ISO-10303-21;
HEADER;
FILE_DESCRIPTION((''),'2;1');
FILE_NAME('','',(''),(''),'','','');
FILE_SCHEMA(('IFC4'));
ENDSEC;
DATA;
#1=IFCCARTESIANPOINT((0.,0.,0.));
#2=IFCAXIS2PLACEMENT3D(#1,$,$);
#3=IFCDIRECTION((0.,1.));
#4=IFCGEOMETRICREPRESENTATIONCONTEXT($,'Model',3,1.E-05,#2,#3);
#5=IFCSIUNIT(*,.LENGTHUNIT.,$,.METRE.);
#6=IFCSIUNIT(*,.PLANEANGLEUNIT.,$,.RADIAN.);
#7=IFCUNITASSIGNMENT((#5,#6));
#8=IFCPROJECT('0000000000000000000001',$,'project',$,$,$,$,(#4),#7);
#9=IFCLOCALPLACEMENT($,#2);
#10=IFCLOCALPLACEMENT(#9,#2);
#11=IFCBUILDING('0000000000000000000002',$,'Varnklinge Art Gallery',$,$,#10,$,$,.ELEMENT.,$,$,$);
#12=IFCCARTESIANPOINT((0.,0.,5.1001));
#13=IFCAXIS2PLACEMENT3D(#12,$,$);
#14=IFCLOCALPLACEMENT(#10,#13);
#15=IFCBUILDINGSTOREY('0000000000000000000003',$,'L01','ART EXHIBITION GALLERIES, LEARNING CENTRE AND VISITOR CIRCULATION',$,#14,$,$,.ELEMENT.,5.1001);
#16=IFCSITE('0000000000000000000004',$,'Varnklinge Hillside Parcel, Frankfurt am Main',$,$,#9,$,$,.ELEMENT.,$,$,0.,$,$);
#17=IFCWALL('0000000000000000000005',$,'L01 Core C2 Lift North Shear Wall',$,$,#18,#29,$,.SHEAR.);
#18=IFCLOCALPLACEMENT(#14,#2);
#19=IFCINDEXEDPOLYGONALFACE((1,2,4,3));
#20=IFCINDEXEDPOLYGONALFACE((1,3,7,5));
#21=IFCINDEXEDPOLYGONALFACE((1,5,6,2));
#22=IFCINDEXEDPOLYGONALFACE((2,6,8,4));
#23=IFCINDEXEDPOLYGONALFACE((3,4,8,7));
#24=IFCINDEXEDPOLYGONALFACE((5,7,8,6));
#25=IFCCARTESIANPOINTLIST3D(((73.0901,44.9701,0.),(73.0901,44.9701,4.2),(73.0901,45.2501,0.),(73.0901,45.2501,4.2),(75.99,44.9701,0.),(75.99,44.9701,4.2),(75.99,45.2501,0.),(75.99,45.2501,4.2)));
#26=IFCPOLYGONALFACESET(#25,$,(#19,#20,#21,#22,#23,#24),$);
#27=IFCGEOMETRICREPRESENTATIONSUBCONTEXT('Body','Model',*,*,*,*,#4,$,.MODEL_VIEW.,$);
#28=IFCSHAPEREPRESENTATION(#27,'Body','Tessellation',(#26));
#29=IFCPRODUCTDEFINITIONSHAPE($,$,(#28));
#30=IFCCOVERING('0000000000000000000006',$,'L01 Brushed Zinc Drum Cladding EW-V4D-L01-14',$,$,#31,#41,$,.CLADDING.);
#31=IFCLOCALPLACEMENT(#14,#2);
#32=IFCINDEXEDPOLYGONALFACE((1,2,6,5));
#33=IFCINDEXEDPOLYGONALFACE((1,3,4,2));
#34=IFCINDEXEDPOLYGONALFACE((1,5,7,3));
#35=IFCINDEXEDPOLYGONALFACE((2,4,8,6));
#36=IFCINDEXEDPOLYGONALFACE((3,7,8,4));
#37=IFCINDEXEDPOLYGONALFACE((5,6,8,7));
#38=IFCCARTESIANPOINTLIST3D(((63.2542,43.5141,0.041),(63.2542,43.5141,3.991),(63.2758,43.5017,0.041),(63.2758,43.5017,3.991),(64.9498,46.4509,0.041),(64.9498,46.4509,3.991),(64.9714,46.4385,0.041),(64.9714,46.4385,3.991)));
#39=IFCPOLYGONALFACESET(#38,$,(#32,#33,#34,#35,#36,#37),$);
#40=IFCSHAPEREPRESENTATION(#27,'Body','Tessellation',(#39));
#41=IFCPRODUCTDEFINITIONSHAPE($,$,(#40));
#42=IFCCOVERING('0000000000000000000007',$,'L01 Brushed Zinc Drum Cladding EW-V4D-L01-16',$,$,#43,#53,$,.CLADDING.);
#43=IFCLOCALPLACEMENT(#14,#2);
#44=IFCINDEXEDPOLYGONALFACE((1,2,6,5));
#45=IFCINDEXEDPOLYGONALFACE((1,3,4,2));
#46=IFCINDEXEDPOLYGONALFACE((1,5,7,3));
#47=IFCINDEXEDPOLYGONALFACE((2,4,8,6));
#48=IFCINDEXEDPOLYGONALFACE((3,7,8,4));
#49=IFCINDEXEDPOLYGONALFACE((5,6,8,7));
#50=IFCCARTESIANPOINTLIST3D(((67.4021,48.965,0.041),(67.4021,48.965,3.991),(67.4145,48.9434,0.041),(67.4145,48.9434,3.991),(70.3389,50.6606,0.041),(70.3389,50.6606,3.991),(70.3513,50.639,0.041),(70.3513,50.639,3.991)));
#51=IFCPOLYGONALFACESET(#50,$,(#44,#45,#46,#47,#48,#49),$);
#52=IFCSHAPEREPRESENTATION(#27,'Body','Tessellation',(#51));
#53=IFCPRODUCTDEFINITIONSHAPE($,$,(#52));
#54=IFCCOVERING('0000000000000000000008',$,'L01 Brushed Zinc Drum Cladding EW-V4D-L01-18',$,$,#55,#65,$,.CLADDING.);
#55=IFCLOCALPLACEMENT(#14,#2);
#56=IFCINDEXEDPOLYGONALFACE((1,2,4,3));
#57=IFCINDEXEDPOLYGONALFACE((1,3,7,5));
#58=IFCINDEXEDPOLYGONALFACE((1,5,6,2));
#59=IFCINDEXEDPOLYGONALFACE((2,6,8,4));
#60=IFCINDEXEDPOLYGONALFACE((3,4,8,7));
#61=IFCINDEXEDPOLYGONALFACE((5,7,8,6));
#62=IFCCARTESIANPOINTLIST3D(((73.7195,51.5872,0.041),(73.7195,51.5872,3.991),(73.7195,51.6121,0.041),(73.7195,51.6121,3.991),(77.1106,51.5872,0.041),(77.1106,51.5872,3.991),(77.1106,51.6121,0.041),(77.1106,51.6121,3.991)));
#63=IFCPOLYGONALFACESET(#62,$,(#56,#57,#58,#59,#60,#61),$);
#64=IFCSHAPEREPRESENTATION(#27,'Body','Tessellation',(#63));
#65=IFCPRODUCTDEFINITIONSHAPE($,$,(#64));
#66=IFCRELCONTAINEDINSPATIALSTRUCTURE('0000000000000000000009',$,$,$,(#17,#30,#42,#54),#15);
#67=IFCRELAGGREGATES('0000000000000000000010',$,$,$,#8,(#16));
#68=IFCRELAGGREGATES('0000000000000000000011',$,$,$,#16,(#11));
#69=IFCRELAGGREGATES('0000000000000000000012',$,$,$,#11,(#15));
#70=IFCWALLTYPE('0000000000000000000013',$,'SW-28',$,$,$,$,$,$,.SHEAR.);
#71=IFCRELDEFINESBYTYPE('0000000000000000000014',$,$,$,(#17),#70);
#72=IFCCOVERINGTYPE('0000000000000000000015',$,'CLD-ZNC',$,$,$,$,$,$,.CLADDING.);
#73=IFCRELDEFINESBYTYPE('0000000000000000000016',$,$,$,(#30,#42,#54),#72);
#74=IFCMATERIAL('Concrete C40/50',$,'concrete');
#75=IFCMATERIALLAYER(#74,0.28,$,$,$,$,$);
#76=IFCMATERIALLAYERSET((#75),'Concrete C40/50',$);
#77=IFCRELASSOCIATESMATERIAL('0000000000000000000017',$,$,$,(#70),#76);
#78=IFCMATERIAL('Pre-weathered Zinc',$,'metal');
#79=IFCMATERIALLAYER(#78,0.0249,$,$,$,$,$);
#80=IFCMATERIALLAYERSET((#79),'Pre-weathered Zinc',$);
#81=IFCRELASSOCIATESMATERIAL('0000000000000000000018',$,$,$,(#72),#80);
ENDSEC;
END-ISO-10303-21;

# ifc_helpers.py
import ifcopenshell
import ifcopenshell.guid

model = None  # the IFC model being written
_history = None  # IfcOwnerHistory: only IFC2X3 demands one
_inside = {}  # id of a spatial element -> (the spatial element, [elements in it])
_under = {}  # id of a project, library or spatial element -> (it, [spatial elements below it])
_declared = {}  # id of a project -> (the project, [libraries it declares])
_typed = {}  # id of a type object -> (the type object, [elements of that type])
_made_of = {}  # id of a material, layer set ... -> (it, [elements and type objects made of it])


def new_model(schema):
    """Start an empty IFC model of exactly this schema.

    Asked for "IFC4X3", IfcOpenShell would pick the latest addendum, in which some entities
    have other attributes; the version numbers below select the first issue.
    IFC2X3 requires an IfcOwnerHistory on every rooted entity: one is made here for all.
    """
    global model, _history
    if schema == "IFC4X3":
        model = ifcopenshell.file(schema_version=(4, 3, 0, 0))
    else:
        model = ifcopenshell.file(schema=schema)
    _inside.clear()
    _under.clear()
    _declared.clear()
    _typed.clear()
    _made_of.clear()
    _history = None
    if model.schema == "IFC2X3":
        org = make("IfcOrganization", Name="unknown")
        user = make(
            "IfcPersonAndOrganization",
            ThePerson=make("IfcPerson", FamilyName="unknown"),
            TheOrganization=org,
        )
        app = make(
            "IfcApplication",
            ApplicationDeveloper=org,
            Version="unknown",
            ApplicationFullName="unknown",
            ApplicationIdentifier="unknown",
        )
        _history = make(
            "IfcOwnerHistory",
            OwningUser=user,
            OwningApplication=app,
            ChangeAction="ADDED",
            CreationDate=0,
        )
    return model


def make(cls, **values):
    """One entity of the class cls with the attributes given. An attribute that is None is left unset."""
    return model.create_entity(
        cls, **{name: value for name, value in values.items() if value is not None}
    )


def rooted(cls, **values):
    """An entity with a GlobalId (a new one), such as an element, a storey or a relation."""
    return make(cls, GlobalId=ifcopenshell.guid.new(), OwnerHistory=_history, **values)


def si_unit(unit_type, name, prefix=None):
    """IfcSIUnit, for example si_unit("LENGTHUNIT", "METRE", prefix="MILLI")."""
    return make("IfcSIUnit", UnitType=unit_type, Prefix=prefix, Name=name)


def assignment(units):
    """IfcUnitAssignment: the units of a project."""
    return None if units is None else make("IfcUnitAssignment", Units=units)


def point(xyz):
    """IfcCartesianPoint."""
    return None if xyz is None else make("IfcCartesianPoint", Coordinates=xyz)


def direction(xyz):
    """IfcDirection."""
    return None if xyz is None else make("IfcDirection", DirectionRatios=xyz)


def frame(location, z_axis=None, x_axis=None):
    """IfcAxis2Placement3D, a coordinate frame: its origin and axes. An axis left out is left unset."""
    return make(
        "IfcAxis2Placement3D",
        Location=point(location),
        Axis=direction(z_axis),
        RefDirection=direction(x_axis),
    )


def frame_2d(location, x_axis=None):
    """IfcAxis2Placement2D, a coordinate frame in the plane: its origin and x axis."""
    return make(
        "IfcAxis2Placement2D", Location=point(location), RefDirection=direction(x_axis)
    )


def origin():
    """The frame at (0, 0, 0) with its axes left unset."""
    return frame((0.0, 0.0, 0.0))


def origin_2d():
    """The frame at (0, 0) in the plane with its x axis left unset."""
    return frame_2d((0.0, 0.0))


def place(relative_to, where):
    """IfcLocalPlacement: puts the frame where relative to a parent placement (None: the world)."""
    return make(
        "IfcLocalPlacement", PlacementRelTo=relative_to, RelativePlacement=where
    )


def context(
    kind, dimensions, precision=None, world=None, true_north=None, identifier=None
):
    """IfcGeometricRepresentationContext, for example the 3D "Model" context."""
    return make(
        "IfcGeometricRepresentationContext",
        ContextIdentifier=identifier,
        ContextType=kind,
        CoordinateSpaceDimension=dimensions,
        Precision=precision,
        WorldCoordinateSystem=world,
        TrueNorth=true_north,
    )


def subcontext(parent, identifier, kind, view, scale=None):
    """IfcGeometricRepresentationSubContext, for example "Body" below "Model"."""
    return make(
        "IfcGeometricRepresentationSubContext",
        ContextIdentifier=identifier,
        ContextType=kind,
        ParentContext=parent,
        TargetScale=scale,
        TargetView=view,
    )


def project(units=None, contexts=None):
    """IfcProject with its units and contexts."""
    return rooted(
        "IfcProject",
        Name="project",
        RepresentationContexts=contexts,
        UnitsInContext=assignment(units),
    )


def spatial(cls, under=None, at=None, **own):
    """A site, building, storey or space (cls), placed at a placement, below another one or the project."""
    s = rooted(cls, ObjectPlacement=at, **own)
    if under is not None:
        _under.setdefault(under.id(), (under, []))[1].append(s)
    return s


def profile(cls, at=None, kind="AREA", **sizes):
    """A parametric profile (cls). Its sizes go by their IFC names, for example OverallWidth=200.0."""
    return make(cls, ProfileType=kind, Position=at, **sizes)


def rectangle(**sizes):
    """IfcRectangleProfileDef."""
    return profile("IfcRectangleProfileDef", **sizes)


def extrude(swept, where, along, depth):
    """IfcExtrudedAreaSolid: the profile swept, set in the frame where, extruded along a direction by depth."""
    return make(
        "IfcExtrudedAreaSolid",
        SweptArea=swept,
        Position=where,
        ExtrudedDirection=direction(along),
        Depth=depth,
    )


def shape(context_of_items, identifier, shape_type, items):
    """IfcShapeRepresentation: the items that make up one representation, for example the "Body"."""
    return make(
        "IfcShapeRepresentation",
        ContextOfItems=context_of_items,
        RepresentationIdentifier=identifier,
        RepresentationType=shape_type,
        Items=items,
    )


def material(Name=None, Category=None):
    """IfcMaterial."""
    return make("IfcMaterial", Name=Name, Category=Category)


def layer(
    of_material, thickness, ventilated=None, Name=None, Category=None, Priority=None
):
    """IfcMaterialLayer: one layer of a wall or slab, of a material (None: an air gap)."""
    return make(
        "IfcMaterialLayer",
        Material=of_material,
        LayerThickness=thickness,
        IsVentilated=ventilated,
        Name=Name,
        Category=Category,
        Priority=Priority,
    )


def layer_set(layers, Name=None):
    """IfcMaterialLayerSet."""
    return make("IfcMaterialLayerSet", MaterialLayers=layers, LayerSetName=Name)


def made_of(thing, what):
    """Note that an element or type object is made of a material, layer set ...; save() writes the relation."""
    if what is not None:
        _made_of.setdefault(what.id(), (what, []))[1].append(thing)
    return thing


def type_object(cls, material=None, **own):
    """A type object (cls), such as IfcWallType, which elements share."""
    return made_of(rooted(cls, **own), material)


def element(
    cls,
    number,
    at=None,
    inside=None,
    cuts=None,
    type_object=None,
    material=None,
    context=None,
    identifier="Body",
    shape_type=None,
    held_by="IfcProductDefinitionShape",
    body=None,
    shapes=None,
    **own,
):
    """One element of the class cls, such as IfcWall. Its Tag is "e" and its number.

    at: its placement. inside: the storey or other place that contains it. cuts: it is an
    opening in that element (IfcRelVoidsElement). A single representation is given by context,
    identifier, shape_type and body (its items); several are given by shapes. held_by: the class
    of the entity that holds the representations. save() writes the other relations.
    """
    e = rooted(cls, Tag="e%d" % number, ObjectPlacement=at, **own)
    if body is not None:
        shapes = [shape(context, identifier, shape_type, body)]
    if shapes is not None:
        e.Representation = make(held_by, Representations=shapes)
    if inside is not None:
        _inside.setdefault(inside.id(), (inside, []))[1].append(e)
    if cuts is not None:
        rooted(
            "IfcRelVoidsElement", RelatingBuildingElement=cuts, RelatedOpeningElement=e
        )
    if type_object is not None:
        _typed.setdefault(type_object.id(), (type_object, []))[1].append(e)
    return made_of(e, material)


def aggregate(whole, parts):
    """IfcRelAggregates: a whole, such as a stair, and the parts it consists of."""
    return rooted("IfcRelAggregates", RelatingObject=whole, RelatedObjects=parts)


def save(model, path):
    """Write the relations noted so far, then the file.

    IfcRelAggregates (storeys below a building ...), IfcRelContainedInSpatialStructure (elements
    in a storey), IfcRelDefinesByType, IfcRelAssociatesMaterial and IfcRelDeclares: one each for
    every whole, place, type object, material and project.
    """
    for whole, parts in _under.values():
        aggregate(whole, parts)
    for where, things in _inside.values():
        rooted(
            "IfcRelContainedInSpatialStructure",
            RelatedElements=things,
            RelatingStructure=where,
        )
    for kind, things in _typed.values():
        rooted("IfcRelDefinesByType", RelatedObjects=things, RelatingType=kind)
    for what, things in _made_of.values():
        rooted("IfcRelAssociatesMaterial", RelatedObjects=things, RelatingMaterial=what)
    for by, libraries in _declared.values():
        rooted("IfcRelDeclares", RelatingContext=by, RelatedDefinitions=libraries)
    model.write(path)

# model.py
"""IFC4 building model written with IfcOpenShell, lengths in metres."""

from ifc_helpers import new_model, si_unit, direction, frame, frame_2d, origin, origin_2d, place, context, subcontext, project, spatial, rectangle, extrude, material, layer, layer_set, type_object, element, save


model = new_model("IFC4")

# Units and contexts
model_context = context("Model", 3, precision=1e-05, world=origin(), true_north=direction((0.0, 1.0)))
body_context = subcontext(model_context, "Body", "Model", "MODEL_VIEW")
ifc_project = project(units=[si_unit("LENGTHUNIT", "METRE"), si_unit("PLANEANGLEUNIT", "RADIAN")], contexts=[model_context])

# Site, building, storey
site_placement = place(None, origin())
site = spatial("IfcSite", under=ifc_project, at=site_placement, Name="Varnklinge Hillside Parcel, Frankfurt am Main", CompositionType="ELEMENT", RefElevation=0.0)
building_placement = place(site_placement, origin())
building = spatial("IfcBuilding", under=site, at=building_placement, Name="Varnklinge Art Gallery", CompositionType="ELEMENT")
storey_placement = place(building_placement, frame((0.0, 0.0, 5.1001)))
storey = spatial("IfcBuildingStorey", under=building, at=storey_placement, Name="L01", Description="ART EXHIBITION GALLERIES, LEARNING CENTRE AND VISITOR CIRCULATION", CompositionType="ELEMENT", Elevation=5.1001)

# Wall
ifc_material_1 = material(Name="Concrete C40/50", Category="concrete")
ifc_layer_1 = layer(ifc_material_1, 0.28)
ifc_layer_set_1 = layer_set([ifc_layer_1], Name="Concrete C40/50")
wall_type_1 = type_object("IfcWallType", Name="SW-28", PredefinedType="SHEAR", material=ifc_layer_set_1)
wall_1_placement = place(storey_placement, frame((75.99, 45.1101, 0.0), z_axis=(0.0, 0.0, 1.0), x_axis=(-1.0, 0.0, 0.0)))
element("IfcWall", 1, at=wall_1_placement, inside=storey, type_object=wall_type_1, Name="L01 Core C2 Lift North Shear Wall", PredefinedType="SHEAR", context=body_context, shape_type="SweptSolid", body=[
    extrude(rectangle(XDim=2.8999, YDim=0.28, at=frame_2d((1.45, 0.0))), origin(), (0.0, 0.0, 1.0), 4.2),
])

# Coverings
ifc_material_2 = material(Name="Pre-weathered Zinc", Category="metal")
ifc_layer_2 = layer(ifc_material_2, 0.0249)
ifc_layer_set_2 = layer_set([ifc_layer_2], Name="Pre-weathered Zinc")
covering_type = type_object("IfcCoveringType", Name="CLD-ZNC", PredefinedType="CLADDING", material=ifc_layer_set_2)
for number, where, z_axis, x_axis, name in (
    (2, (64.1128, 44.9763, 0.041), (0.0, 0.0, 1.0), (0.5, 0.866025, 0.0), "L01 Brushed Zinc Drum Cladding EW-V4D-L01-14"),
    (3, (68.8767, 49.802, 0.041), (0.0, 0.0, 1.0), (0.866025, 0.5, 0.0), "L01 Brushed Zinc Drum Cladding EW-V4D-L01-16"),
    (4, (75.415, 51.5996, 0.041), (0.0, 0.0, 1.0), (1.0, 0.0, 0.0), "L01 Brushed Zinc Drum Cladding EW-V4D-L01-18"),
):
    element("IfcCovering", number, at=place(storey_placement, frame(where, z_axis=z_axis, x_axis=x_axis)), inside=storey, type_object=covering_type, Name=name, PredefinedType="CLADDING", context=body_context, shape_type="SweptSolid", body=[
        extrude(rectangle(XDim=3.3911, YDim=0.0249, at=origin_2d()), origin(), (0.0, 0.0, 1.0), 3.95),
    ])

save(model, "model.ifc")
